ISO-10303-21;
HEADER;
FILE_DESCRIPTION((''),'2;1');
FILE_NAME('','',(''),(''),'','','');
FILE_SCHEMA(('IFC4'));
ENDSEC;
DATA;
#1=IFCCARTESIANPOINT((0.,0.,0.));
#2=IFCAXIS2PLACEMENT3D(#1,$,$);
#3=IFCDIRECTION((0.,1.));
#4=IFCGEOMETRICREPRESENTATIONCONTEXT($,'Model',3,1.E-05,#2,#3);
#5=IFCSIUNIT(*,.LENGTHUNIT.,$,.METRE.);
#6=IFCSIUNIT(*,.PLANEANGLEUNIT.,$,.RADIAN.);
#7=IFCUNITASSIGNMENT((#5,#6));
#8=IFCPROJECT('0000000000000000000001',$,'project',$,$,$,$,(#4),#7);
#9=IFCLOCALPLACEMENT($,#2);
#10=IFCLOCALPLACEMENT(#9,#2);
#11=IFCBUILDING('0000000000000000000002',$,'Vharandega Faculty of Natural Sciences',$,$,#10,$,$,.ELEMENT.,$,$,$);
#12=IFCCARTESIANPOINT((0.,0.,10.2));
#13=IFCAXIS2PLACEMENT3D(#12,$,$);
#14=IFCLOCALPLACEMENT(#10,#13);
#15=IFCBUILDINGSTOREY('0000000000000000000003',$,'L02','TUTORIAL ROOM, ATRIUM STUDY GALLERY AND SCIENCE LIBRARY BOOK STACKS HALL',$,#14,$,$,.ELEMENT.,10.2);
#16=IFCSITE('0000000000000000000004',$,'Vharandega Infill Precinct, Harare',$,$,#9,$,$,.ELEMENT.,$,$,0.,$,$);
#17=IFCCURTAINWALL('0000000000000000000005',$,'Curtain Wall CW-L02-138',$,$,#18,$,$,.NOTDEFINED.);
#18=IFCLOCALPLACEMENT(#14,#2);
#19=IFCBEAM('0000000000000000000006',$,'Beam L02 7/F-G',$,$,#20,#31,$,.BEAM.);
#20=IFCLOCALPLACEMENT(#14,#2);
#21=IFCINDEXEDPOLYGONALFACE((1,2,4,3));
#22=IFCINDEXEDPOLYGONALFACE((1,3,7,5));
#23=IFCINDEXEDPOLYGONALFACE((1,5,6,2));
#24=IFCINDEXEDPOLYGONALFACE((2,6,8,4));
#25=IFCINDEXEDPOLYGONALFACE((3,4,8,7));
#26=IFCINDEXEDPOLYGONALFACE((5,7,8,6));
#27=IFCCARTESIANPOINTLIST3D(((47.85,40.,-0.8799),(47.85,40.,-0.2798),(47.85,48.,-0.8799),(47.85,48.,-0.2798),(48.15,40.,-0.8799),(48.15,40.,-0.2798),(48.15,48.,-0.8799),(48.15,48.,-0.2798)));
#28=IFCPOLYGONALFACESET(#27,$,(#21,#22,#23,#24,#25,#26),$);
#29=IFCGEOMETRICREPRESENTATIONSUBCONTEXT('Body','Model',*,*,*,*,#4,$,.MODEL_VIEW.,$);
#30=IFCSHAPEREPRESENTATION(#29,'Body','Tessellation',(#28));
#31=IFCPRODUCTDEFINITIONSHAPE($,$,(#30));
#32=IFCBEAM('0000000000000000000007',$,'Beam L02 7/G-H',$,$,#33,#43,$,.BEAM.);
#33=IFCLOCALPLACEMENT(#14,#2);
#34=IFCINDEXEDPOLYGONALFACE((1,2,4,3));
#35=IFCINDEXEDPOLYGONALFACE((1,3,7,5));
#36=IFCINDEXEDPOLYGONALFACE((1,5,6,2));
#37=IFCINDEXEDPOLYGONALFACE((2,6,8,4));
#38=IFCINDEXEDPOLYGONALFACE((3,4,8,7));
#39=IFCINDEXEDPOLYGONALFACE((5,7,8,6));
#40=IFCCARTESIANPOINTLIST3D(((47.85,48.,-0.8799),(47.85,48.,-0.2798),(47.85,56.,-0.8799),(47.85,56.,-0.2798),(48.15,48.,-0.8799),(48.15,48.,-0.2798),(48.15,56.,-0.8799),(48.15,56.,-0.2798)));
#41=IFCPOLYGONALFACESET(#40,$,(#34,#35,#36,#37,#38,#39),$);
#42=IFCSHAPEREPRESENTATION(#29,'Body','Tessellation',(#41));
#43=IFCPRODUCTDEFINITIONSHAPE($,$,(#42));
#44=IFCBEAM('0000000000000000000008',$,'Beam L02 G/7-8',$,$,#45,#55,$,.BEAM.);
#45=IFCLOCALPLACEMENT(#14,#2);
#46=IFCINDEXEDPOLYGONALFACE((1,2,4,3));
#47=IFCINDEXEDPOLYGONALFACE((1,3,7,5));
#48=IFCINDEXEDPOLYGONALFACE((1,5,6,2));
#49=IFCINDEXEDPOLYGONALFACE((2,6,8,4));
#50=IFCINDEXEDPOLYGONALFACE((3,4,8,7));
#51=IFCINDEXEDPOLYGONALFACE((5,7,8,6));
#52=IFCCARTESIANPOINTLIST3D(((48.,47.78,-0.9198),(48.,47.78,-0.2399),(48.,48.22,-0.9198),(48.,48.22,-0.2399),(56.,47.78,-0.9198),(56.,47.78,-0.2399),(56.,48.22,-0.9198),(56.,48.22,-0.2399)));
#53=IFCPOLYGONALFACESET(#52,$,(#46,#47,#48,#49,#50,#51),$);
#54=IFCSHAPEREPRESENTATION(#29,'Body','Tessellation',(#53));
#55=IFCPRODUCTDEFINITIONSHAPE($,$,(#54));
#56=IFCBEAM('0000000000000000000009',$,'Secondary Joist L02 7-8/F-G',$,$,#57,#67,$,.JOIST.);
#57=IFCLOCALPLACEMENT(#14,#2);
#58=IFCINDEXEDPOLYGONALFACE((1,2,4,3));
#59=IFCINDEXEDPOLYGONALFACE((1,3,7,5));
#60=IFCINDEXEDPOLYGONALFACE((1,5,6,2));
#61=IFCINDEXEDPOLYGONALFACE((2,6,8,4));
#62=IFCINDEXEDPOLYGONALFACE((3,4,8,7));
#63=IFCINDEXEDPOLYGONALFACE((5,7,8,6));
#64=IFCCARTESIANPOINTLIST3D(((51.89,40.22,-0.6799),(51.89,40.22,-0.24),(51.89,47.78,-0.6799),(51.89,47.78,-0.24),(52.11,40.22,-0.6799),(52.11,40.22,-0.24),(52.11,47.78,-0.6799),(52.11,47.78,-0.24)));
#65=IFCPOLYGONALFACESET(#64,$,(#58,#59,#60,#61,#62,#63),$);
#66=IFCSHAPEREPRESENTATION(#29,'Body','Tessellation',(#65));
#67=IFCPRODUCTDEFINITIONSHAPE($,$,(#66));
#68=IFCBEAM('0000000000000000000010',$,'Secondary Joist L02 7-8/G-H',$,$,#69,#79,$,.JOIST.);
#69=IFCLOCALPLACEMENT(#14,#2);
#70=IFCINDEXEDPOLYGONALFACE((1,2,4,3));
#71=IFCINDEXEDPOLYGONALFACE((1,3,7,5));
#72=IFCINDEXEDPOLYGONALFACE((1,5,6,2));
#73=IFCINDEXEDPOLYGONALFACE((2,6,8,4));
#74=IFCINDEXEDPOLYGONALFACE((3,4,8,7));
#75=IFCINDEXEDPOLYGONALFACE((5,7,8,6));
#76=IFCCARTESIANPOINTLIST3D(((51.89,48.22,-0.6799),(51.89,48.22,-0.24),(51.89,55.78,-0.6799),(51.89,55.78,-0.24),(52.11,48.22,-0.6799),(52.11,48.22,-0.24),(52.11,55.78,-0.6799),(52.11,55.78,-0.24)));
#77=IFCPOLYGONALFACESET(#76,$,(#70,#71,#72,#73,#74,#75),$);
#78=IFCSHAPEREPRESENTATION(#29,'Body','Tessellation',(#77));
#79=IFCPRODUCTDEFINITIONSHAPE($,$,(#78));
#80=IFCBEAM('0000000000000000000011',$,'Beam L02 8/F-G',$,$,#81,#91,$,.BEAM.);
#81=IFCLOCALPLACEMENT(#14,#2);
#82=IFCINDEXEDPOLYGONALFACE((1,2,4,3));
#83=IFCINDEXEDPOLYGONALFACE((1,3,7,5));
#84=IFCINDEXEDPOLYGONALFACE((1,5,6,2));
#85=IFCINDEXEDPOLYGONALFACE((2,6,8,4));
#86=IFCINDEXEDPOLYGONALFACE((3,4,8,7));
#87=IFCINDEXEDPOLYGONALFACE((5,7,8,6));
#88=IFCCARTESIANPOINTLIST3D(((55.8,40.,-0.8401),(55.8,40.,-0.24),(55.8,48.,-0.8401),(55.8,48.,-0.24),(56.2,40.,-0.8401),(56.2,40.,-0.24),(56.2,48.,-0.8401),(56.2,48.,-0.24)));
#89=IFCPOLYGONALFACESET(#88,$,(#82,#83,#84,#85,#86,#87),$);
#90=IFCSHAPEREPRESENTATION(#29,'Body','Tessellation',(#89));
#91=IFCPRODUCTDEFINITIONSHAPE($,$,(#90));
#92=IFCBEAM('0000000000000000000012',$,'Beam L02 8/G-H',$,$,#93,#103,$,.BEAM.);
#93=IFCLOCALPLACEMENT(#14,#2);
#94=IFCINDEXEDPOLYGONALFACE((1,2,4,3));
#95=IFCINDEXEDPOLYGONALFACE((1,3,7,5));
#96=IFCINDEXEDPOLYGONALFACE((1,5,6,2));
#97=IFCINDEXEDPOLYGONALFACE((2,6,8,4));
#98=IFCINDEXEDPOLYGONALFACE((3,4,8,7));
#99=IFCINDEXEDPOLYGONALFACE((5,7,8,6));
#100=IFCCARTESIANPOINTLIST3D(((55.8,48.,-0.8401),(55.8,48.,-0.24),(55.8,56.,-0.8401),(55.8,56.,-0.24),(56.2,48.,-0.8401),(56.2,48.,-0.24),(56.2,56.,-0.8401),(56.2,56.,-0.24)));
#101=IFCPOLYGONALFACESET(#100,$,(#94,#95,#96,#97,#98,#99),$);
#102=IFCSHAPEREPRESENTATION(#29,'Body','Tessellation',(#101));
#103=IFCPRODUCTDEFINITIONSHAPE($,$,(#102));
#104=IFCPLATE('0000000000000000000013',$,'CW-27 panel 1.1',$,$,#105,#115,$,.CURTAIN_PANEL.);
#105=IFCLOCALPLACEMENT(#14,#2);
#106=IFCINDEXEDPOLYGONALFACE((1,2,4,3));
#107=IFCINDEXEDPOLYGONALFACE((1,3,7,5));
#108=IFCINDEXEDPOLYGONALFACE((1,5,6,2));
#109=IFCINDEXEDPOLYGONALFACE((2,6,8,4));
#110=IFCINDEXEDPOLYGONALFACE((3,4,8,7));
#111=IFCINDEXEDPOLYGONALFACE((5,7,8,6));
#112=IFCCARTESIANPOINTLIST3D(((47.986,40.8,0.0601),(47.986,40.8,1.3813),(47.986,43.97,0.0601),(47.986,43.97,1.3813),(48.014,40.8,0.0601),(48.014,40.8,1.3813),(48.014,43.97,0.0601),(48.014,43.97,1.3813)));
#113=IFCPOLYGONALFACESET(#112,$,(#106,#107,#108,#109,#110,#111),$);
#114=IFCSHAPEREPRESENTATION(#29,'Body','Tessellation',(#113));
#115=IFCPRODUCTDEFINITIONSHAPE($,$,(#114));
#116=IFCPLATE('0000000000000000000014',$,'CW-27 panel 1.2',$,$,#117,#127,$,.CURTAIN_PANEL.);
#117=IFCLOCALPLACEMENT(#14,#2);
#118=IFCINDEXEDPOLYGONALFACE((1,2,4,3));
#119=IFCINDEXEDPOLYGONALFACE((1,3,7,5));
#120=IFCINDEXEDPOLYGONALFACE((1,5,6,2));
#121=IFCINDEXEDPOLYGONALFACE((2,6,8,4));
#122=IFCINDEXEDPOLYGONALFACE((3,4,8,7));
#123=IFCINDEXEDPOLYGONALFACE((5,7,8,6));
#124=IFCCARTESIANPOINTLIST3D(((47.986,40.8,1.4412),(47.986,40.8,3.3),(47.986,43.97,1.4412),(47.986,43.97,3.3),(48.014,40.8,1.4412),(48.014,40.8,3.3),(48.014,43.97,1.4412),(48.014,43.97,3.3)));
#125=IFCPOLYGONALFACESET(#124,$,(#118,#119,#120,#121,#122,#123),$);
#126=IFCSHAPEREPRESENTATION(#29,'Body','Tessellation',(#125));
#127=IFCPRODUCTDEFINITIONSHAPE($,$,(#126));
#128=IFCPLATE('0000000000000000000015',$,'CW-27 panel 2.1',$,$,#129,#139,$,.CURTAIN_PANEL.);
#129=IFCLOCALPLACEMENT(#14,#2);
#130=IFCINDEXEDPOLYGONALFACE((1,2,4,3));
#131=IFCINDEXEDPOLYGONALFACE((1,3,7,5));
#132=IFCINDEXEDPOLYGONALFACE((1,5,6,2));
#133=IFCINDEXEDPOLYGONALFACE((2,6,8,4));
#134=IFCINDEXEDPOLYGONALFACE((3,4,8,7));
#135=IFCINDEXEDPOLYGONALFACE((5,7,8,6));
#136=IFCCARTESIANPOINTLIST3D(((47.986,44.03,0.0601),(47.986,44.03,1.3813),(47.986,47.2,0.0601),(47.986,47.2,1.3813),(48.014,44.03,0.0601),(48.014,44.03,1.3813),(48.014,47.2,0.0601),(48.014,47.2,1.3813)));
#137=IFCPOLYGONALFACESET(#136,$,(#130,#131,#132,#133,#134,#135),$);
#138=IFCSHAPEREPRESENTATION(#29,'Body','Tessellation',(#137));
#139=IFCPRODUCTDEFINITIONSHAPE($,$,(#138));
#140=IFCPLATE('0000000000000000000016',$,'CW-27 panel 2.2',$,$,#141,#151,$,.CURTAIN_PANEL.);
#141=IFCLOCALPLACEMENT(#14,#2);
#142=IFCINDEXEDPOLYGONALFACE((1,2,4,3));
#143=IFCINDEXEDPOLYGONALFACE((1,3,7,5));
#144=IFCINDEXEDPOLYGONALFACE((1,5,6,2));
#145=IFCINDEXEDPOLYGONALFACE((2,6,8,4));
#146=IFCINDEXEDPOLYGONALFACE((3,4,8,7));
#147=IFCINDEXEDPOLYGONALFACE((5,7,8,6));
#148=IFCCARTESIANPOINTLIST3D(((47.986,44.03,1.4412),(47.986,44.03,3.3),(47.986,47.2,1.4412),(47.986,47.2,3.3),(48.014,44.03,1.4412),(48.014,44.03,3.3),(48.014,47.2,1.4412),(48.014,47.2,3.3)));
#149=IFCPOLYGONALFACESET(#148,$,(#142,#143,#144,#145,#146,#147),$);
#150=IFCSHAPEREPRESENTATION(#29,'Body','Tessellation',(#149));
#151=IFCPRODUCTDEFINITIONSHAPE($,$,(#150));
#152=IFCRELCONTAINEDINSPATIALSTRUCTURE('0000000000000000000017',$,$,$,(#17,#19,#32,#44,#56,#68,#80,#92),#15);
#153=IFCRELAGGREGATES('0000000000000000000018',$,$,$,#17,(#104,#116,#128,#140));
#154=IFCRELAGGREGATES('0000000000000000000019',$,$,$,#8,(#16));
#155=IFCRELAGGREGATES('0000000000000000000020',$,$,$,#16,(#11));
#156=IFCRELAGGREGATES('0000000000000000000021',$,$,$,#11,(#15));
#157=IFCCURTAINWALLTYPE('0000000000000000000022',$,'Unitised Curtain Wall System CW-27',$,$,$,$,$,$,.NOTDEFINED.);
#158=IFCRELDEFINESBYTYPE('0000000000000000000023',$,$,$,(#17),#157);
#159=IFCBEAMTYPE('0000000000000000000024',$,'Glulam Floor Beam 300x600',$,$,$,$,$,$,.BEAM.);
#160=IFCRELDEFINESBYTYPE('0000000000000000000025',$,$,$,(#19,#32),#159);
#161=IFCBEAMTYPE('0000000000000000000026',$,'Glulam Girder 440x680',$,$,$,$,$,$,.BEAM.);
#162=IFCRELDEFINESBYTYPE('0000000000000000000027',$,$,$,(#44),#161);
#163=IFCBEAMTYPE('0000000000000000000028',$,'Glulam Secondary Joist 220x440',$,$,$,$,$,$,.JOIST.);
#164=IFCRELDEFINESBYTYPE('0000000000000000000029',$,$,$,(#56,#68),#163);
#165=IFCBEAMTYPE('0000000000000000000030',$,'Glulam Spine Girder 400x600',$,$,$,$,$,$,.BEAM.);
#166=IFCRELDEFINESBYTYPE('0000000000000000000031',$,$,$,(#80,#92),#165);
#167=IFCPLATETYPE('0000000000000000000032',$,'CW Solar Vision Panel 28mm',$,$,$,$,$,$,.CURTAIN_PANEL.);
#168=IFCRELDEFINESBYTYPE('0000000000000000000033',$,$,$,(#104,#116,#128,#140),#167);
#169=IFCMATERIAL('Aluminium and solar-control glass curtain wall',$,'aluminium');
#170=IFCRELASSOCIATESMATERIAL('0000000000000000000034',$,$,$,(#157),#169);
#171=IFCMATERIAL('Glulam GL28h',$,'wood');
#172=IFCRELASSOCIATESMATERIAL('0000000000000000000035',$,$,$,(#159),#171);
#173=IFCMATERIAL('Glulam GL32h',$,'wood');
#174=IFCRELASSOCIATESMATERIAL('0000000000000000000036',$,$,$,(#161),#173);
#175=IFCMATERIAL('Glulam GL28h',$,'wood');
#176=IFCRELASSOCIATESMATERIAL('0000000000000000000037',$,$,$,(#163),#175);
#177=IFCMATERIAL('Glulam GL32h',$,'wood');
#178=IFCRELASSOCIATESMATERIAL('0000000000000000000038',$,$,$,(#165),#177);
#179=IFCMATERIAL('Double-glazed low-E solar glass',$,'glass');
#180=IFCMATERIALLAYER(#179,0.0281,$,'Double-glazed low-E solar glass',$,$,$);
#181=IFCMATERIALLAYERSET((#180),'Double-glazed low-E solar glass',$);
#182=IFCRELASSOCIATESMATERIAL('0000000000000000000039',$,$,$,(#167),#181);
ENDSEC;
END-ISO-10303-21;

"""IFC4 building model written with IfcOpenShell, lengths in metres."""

from ifc_helpers import new_model, si_unit, direction, frame, origin, origin_2d, place, context, subcontext, project, spatial, rectangle, extrude, material, layer, layer_set, material_profile, profile_set, type_object, element, aggregate, save


model = new_model("IFC4")

# Units and contexts
model_context = context("Model", 3, precision=1e-05, world=origin(), true_north=direction((0.0, 1.0)))
body_context = subcontext(model_context, "Body", "Model", "MODEL_VIEW")
ifc_project = project(units=[si_unit("LENGTHUNIT", "METRE"), si_unit("PLANEANGLEUNIT", "RADIAN")], contexts=[model_context])

# Site, building, storey
site_placement = place(None, origin())
site = spatial("IfcSite", under=ifc_project, at=site_placement, Name="Vharandega Infill Precinct, Harare", CompositionType="ELEMENT", RefElevation=0.0)
building_placement = place(site_placement, origin())
building = spatial("IfcBuilding", under=site, at=building_placement, Name="Vharandega Faculty of Natural Sciences", CompositionType="ELEMENT")
storey_placement = place(building_placement, frame((0.0, 0.0, 10.2)))
storey = spatial("IfcBuildingStorey", under=building, at=storey_placement, Name="L02", Description="TUTORIAL ROOM, ATRIUM STUDY GALLERY AND SCIENCE LIBRARY BOOK STACKS HALL", CompositionType="ELEMENT", Elevation=10.2)

# Curtain wall
ifc_material_1 = material(Name="Aluminium and solar-control glass curtain wall", Category="aluminium")
curtain_wall_type_1 = type_object("IfcCurtainWallType", Name="Unitised Curtain Wall System CW-27", PredefinedType="NOTDEFINED", material=ifc_material_1)
curtain_wall_1_placement = place(storey_placement, origin())
curtain_wall_1 = element("IfcCurtainWall", 1, at=curtain_wall_1_placement, inside=storey, type_object=curtain_wall_type_1, Name="Curtain Wall CW-L02-138", PredefinedType="NOTDEFINED")

# Beams
ifc_material_2 = material(Name="Glulam GL28h", Category="wood")
ifc_material_profile_1 = material_profile(ifc_material_2, rectangle(XDim=0.3, YDim=0.6001, at=origin_2d()), Name="GL28h 300x600")
ifc_profile_set_1 = profile_set([ifc_material_profile_1], Name="Glulam GL28h")
beam_type_1 = type_object("IfcBeamType", Name="Glulam Floor Beam 300x600", PredefinedType="BEAM", material=ifc_profile_set_1)
for number, where, z_axis, x_axis, name in (
    (2, (48.0, 40.0, -0.5798), (0.0, 1.0, 0.0), (-1.0, 0.0, 0.0), "Beam L02 7/F-G"),
    (3, (48.0, 48.0, -0.5798), (0.0, 1.0, 0.0), (-1.0, 0.0, 0.0), "Beam L02 7/G-H"),
):
    element("IfcBeam", number, at=place(storey_placement, frame(where, z_axis=z_axis, x_axis=x_axis)), inside=storey, type_object=beam_type_1, Name=name, PredefinedType="BEAM", context=body_context, shape_type="SweptSolid", body=[
        extrude(rectangle(XDim=0.3, YDim=0.6001, at=origin_2d()), origin(), (0.0, 0.0, 1.0), 8.0),
    ])
ifc_material_3 = material(Name="Glulam GL32h", Category="wood")
ifc_material_profile_2 = material_profile(ifc_material_3, rectangle(XDim=0.4399, YDim=0.6799, at=origin_2d()), Name="GL32h 440x680")
ifc_profile_set_2 = profile_set([ifc_material_profile_2], Name="Glulam GL32h")
beam_type_2 = type_object("IfcBeamType", Name="Glulam Girder 440x680", PredefinedType="BEAM", material=ifc_profile_set_2)
beam_placement = place(storey_placement, frame((48.0, 48.0, -0.5798), z_axis=(1.0, 0.0, 0.0), x_axis=(0.0, 1.0, 0.0)))
element("IfcBeam", 4, at=beam_placement, inside=storey, type_object=beam_type_2, Name="Beam L02 G/7-8", PredefinedType="BEAM", context=body_context, shape_type="SweptSolid", body=[
    extrude(rectangle(XDim=0.4399, YDim=0.6799, at=origin_2d()), origin(), (0.0, 0.0, 1.0), 8.0),
])
ifc_material_4 = material(Name="Glulam GL28h", Category="wood")
ifc_material_profile_3 = material_profile(ifc_material_4, rectangle(XDim=0.22, YDim=0.4399, at=origin_2d()), Name="GL28h 220x440")
ifc_profile_set_3 = profile_set([ifc_material_profile_3], Name="Glulam GL28h")
beam_type_3 = type_object("IfcBeamType", Name="Glulam Secondary Joist 220x440", PredefinedType="JOIST", material=ifc_profile_set_3)
for number, where, z_axis, x_axis, name in (
    (5, (52.0, 40.22, -0.46), (0.0, 1.0, 0.0), (-1.0, 0.0, 0.0), "Secondary Joist L02 7-8/F-G"),
    (6, (52.0, 48.22, -0.46), (0.0, 1.0, 0.0), (-1.0, 0.0, 0.0), "Secondary Joist L02 7-8/G-H"),
):
    element("IfcBeam", number, at=place(storey_placement, frame(where, z_axis=z_axis, x_axis=x_axis)), inside=storey, type_object=beam_type_3, Name=name, PredefinedType="JOIST", context=body_context, shape_type="SweptSolid", body=[
        extrude(rectangle(XDim=0.22, YDim=0.4399, at=origin_2d()), origin(), (0.0, 0.0, 1.0), 7.5601),
    ])
ifc_material_5 = material(Name="Glulam GL32h", Category="wood")
ifc_material_profile_4 = material_profile(ifc_material_5, rectangle(XDim=0.3999, YDim=0.6001, at=origin_2d()), Name="GL32h 400x600")
ifc_profile_set_4 = profile_set([ifc_material_profile_4], Name="Glulam GL32h")
beam_type_4 = type_object("IfcBeamType", Name="Glulam Spine Girder 400x600", PredefinedType="BEAM", material=ifc_profile_set_4)
for number, where, z_axis, x_axis, name in (
    (7, (56.0, 40.0, -0.54), (0.0, 1.0, 0.0), (-1.0, 0.0, 0.0), "Beam L02 8/F-G"),
    (8, (56.0, 48.0, -0.54), (0.0, 1.0, 0.0), (-1.0, 0.0, 0.0), "Beam L02 8/G-H"),
):
    element("IfcBeam", number, at=place(storey_placement, frame(where, z_axis=z_axis, x_axis=x_axis)), inside=storey, type_object=beam_type_4, Name=name, PredefinedType="BEAM", context=body_context, shape_type="SweptSolid", body=[
        extrude(rectangle(XDim=0.3999, YDim=0.6001, at=origin_2d()), origin(), (0.0, 0.0, 1.0), 8.0),
    ])

# Plates
ifc_material_6 = material(Name="Double-glazed low-E solar glass", Category="glass")
ifc_layer = layer(ifc_material_6, 0.0281, Name="Double-glazed low-E solar glass")
ifc_layer_set = layer_set([ifc_layer], Name="Double-glazed low-E solar glass")
plate_type = type_object("IfcPlateType", Name="CW Solar Vision Panel 28mm", PredefinedType="CURTAIN_PANEL", material=ifc_layer_set)
plate_1_placement = place(storey_placement, frame((48.0, 42.385, 0.0601), z_axis=(0.0, 0.0, 1.0), x_axis=(0.0, 1.0, 0.0)))
plate_1 = element("IfcPlate", 9, at=plate_1_placement, type_object=plate_type, Name="CW-27 panel 1.1", PredefinedType="CURTAIN_PANEL", context=body_context, shape_type="SweptSolid", body=[
    extrude(rectangle(XDim=3.1699, YDim=0.0281, at=origin_2d()), origin(), (0.0, 0.0, 1.0), 1.3213),
])
plate_2_placement = place(storey_placement, frame((48.0, 42.385, 1.4412), z_axis=(0.0, 0.0, 1.0), x_axis=(0.0, 1.0, 0.0)))
plate_2 = element("IfcPlate", 10, at=plate_2_placement, type_object=plate_type, Name="CW-27 panel 1.2", PredefinedType="CURTAIN_PANEL", context=body_context, shape_type="SweptSolid", body=[
    extrude(rectangle(XDim=3.1699, YDim=0.0281, at=origin_2d()), origin(), (0.0, 0.0, 1.0), 1.8589),
])
plate_3_placement = place(storey_placement, frame((48.0, 45.615, 0.0601), z_axis=(0.0, 0.0, 1.0), x_axis=(0.0, 1.0, 0.0)))
plate_3 = element("IfcPlate", 11, at=plate_3_placement, type_object=plate_type, Name="CW-27 panel 2.1", PredefinedType="CURTAIN_PANEL", context=body_context, shape_type="SweptSolid", body=[
    extrude(rectangle(XDim=3.1699, YDim=0.0281, at=origin_2d()), origin(), (0.0, 0.0, 1.0), 1.3213),
])
plate_4_placement = place(storey_placement, frame((48.0, 45.615, 1.4412), z_axis=(0.0, 0.0, 1.0), x_axis=(0.0, 1.0, 0.0)))
plate_4 = element("IfcPlate", 12, at=plate_4_placement, type_object=plate_type, Name="CW-27 panel 2.2", PredefinedType="CURTAIN_PANEL", context=body_context, shape_type="SweptSolid", body=[
    extrude(rectangle(XDim=3.1699, YDim=0.0281, at=origin_2d()), origin(), (0.0, 0.0, 1.0), 1.8589),
])
aggregate(curtain_wall_1, [plate_1, plate_2, plate_3, plate_4])

save(model, "model.ifc")
